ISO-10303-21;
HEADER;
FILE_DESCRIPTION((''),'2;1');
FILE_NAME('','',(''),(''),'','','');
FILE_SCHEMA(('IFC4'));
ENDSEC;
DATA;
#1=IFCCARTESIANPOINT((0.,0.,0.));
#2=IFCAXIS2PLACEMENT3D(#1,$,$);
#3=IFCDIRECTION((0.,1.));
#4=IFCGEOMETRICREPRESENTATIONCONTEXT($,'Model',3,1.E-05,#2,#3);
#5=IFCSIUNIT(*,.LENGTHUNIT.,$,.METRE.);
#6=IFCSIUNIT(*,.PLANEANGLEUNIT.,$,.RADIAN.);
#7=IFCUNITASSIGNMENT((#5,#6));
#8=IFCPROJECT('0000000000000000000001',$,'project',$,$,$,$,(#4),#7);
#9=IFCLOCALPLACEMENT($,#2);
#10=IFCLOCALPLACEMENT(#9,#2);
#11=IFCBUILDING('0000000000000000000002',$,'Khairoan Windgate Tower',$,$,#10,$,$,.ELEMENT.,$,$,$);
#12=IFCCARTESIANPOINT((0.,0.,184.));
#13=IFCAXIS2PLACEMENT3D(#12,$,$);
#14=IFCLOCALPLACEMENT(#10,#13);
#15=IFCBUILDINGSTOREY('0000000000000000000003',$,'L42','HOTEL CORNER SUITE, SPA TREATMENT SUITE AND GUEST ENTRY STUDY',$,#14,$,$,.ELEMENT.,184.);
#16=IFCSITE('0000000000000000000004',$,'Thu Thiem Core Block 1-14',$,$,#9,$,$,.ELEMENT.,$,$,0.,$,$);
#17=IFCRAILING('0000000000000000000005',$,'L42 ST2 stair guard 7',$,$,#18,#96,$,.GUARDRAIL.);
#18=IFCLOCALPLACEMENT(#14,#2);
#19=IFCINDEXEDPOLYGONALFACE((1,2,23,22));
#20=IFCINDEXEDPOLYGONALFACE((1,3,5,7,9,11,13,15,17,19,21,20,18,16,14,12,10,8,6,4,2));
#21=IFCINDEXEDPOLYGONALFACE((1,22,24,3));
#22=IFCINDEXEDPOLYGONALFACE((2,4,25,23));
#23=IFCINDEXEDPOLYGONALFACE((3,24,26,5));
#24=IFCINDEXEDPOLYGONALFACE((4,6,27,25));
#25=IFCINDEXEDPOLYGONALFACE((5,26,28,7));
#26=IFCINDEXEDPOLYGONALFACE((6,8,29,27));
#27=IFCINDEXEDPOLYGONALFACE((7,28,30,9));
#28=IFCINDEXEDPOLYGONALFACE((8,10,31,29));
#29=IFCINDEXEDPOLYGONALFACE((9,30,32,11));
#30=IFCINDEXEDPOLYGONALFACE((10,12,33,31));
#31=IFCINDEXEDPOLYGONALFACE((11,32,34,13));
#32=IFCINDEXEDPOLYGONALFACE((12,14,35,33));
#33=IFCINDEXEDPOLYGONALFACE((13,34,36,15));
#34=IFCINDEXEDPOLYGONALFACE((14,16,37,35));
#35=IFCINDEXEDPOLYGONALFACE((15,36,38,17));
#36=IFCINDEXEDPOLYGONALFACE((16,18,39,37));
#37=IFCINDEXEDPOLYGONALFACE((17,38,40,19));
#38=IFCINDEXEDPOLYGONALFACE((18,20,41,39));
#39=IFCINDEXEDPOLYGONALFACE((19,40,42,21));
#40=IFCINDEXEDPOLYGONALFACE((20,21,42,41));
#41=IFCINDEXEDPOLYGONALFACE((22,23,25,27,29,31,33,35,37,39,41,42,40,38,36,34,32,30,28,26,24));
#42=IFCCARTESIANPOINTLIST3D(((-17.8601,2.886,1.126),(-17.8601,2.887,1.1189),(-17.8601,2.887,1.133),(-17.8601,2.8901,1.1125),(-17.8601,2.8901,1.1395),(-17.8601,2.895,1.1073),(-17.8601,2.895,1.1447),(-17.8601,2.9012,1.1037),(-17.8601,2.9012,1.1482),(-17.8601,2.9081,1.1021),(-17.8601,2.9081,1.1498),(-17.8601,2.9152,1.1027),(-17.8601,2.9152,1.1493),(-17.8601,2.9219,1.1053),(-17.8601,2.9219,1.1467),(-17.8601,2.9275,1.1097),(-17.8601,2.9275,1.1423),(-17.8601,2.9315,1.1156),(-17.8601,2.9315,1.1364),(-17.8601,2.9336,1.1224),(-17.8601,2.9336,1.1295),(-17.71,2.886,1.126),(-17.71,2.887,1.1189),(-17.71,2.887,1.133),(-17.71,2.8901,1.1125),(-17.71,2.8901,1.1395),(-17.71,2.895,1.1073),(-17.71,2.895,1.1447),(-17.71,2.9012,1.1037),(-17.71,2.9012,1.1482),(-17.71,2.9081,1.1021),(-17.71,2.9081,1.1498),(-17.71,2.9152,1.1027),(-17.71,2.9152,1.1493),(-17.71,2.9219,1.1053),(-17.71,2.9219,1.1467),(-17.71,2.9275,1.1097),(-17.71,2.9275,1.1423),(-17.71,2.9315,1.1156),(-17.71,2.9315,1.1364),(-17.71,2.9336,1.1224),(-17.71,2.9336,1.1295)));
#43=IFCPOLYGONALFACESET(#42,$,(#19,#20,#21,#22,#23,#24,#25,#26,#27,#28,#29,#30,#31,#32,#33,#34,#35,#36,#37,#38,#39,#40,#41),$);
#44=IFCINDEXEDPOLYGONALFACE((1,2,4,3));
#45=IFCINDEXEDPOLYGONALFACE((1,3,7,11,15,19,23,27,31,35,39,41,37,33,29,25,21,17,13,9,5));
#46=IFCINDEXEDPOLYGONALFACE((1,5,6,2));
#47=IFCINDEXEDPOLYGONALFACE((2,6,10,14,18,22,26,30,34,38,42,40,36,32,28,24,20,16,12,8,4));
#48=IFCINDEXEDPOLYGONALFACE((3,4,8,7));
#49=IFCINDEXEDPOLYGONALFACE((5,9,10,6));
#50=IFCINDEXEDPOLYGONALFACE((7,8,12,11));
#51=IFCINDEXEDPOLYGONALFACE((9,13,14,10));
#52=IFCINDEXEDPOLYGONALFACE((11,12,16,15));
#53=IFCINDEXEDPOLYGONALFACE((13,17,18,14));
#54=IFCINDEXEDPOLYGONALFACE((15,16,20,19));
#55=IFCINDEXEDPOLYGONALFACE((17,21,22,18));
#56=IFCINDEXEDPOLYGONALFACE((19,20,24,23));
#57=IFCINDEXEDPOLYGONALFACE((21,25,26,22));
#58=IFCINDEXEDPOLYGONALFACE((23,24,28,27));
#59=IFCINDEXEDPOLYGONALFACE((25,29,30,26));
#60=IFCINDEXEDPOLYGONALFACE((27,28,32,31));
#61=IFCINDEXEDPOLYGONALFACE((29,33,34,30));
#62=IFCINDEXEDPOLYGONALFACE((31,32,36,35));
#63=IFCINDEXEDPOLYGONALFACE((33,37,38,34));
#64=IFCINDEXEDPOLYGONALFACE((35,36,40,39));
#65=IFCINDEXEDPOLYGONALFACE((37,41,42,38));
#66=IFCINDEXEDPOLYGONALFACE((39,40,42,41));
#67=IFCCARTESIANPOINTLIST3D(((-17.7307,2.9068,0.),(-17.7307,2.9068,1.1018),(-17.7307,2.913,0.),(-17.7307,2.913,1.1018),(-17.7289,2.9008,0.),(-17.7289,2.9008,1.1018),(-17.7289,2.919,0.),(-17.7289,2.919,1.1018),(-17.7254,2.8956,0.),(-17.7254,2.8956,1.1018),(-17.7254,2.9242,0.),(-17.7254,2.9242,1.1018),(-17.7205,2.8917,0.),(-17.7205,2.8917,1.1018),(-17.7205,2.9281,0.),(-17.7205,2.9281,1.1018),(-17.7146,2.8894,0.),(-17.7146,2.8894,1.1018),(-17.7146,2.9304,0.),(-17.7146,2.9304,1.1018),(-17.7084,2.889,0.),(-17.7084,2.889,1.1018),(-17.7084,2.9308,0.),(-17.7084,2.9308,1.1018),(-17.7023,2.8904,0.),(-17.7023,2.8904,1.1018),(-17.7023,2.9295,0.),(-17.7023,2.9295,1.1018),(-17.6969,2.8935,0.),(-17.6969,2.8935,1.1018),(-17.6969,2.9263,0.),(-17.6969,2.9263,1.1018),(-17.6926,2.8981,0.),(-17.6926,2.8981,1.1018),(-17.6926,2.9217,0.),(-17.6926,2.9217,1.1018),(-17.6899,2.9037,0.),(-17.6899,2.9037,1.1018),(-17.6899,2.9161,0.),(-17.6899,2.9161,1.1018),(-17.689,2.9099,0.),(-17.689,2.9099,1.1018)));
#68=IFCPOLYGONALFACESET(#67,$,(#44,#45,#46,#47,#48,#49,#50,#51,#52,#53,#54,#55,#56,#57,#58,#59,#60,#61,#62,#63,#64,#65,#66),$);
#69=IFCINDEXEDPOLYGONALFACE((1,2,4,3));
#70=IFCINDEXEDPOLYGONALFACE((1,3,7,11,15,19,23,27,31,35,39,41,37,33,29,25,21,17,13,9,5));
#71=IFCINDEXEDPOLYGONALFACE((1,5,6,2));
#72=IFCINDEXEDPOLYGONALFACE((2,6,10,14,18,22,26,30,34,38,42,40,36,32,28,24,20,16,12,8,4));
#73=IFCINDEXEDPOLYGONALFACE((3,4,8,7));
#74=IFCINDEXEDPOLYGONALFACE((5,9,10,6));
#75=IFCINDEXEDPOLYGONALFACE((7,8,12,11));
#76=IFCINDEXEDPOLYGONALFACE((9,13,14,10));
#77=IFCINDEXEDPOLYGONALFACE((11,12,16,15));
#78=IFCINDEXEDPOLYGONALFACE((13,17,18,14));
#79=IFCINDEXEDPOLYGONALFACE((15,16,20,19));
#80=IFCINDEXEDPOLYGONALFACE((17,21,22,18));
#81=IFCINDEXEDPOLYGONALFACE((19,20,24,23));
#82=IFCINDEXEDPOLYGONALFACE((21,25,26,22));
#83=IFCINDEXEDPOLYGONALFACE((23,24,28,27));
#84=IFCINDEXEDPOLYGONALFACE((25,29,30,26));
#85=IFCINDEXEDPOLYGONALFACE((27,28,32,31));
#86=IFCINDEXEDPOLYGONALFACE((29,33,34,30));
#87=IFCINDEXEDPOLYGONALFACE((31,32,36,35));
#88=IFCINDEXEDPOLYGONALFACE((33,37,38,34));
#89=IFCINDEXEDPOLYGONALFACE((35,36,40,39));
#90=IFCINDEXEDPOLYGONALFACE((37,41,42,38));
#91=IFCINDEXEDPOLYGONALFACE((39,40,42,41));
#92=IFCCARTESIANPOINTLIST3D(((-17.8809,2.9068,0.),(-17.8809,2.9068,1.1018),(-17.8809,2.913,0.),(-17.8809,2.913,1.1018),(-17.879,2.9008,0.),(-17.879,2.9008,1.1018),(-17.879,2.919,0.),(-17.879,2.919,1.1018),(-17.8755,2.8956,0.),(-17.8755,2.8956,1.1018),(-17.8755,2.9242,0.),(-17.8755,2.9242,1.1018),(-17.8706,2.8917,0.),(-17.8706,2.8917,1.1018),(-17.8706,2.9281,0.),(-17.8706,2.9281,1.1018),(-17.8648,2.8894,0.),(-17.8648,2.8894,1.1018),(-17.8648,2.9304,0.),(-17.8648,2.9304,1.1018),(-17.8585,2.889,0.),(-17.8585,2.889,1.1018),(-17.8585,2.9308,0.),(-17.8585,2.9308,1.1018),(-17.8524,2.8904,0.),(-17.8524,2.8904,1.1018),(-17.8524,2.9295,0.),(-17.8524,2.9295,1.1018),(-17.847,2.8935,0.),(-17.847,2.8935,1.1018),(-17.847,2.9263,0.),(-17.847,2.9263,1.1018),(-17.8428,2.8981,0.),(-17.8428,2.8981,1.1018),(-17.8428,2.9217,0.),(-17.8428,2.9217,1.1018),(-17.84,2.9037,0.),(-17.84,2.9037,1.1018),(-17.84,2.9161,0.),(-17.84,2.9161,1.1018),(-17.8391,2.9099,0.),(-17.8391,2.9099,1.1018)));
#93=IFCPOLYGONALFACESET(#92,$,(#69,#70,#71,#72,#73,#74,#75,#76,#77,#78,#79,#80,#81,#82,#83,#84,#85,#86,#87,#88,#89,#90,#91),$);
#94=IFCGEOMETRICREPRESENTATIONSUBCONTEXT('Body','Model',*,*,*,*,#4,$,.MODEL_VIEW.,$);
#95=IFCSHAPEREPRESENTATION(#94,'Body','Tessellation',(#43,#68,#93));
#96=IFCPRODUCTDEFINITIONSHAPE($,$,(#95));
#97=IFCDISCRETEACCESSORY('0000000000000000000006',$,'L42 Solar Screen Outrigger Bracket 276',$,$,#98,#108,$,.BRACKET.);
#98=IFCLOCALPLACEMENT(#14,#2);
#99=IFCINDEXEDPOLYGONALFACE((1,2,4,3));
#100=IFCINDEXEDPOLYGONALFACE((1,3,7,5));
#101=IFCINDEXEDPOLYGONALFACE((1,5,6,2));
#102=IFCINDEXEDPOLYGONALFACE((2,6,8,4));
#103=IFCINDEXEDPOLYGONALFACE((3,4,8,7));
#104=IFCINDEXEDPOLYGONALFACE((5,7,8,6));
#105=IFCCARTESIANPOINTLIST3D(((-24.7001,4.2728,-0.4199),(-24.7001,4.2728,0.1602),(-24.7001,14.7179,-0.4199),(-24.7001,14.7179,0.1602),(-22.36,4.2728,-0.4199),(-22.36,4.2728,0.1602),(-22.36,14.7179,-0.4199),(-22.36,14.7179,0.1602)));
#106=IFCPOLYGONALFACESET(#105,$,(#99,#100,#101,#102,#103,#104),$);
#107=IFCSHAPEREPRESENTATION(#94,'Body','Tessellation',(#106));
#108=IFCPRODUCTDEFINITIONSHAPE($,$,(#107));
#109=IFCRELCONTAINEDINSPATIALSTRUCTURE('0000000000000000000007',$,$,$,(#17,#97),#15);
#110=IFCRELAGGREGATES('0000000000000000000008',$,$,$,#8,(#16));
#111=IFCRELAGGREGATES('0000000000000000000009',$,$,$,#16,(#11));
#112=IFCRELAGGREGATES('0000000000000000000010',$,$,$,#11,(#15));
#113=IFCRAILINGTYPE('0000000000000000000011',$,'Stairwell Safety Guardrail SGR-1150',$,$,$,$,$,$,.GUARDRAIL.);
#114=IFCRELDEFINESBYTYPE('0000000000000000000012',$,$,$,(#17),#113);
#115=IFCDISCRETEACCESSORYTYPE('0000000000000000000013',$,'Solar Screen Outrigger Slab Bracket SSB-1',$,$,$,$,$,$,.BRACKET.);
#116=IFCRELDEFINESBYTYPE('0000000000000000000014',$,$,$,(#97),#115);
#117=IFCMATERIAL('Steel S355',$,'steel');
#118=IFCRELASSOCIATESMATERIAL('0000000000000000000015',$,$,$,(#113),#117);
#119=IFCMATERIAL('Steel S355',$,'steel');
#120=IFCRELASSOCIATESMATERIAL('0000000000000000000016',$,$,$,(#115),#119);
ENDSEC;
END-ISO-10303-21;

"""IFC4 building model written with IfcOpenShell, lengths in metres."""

from ifc_helpers import new_model, si_unit, direction, frame, origin, origin_2d, place, context, subcontext, project, spatial, rectangle, circle, extrude, material, type_object, element, save


model = new_model("IFC4")

# Units and contexts
model_context = context("Model", 3, precision=1e-05, world=origin(), true_north=direction((0.0, 1.0)))
body_context = subcontext(model_context, "Body", "Model", "MODEL_VIEW")
ifc_project = project(units=[si_unit("LENGTHUNIT", "METRE"), si_unit("PLANEANGLEUNIT", "RADIAN")], contexts=[model_context])

# Site, building, storey
site_placement = place(None, origin())
site = spatial("IfcSite", under=ifc_project, at=site_placement, Name="Thu Thiem Core Block 1-14", CompositionType="ELEMENT", RefElevation=0.0)
building_placement = place(site_placement, origin())
building = spatial("IfcBuilding", under=site, at=building_placement, Name="Khairoan Windgate Tower", CompositionType="ELEMENT")
storey_placement = place(building_placement, frame((0.0, 0.0, 184.0)))
storey = spatial("IfcBuildingStorey", under=building, at=storey_placement, Name="L42", Description="HOTEL CORNER SUITE, SPA TREATMENT SUITE AND GUEST ENTRY STUDY", CompositionType="ELEMENT", Elevation=184.0)

# Railing
ifc_material_1 = material(Name="Steel S355", Category="steel")
railing_type_1 = type_object("IfcRailingType", Name="Stairwell Safety Guardrail SGR-1150", PredefinedType="GUARDRAIL", material=ifc_material_1)
railing_1_placement = place(storey_placement, frame((-17.71, 2.9099, 0.0)))
element("IfcRailing", 1, at=railing_1_placement, inside=storey, type_object=railing_type_1, Name="L42 ST2 stair guard 7", PredefinedType="GUARDRAIL", context=body_context, shape_type="SweptSolid", body=[
    extrude(circle(Radius=0.0239, at=origin_2d()), frame((0.0, 0.0, 1.126), z_axis=(-1.0, 0.0, 0.0), x_axis=(0.0, -1.0, 0.0)), (0.0, 0.0, 1.0), 0.1501),
    extrude(circle(Radius=0.021, at=origin_2d()), origin(), (0.0, 0.0, 1.0), 1.1018),
    extrude(circle(Radius=0.021, at=origin_2d()), frame((-0.1501, 0.0, 0.0)), (0.0, 0.0, 1.0), 1.1018),
])

# Discrete accessory
ifc_material_2 = material(Name="Steel S355", Category="steel")
discrete_accessory_type = type_object("IfcDiscreteAccessoryType", Name="Solar Screen Outrigger Slab Bracket SSB-1", PredefinedType="BRACKET", material=ifc_material_2)
discrete_accessory_placement = place(storey_placement, frame((-23.53, 9.4954, -0.4199), z_axis=(0.0, 0.0, 1.0), x_axis=(0.0, 1.0, 0.0)))
element("IfcDiscreteAccessory", 2, at=discrete_accessory_placement, inside=storey, type_object=discrete_accessory_type, Name="L42 Solar Screen Outrigger Bracket 276", PredefinedType="BRACKET", context=body_context, shape_type="SweptSolid", body=[
    extrude(rectangle(XDim=10.4451, YDim=2.3401, at=origin_2d()), origin(), (0.0, 0.0, 1.0), 0.5801),
])

save(model, "model.ifc")
